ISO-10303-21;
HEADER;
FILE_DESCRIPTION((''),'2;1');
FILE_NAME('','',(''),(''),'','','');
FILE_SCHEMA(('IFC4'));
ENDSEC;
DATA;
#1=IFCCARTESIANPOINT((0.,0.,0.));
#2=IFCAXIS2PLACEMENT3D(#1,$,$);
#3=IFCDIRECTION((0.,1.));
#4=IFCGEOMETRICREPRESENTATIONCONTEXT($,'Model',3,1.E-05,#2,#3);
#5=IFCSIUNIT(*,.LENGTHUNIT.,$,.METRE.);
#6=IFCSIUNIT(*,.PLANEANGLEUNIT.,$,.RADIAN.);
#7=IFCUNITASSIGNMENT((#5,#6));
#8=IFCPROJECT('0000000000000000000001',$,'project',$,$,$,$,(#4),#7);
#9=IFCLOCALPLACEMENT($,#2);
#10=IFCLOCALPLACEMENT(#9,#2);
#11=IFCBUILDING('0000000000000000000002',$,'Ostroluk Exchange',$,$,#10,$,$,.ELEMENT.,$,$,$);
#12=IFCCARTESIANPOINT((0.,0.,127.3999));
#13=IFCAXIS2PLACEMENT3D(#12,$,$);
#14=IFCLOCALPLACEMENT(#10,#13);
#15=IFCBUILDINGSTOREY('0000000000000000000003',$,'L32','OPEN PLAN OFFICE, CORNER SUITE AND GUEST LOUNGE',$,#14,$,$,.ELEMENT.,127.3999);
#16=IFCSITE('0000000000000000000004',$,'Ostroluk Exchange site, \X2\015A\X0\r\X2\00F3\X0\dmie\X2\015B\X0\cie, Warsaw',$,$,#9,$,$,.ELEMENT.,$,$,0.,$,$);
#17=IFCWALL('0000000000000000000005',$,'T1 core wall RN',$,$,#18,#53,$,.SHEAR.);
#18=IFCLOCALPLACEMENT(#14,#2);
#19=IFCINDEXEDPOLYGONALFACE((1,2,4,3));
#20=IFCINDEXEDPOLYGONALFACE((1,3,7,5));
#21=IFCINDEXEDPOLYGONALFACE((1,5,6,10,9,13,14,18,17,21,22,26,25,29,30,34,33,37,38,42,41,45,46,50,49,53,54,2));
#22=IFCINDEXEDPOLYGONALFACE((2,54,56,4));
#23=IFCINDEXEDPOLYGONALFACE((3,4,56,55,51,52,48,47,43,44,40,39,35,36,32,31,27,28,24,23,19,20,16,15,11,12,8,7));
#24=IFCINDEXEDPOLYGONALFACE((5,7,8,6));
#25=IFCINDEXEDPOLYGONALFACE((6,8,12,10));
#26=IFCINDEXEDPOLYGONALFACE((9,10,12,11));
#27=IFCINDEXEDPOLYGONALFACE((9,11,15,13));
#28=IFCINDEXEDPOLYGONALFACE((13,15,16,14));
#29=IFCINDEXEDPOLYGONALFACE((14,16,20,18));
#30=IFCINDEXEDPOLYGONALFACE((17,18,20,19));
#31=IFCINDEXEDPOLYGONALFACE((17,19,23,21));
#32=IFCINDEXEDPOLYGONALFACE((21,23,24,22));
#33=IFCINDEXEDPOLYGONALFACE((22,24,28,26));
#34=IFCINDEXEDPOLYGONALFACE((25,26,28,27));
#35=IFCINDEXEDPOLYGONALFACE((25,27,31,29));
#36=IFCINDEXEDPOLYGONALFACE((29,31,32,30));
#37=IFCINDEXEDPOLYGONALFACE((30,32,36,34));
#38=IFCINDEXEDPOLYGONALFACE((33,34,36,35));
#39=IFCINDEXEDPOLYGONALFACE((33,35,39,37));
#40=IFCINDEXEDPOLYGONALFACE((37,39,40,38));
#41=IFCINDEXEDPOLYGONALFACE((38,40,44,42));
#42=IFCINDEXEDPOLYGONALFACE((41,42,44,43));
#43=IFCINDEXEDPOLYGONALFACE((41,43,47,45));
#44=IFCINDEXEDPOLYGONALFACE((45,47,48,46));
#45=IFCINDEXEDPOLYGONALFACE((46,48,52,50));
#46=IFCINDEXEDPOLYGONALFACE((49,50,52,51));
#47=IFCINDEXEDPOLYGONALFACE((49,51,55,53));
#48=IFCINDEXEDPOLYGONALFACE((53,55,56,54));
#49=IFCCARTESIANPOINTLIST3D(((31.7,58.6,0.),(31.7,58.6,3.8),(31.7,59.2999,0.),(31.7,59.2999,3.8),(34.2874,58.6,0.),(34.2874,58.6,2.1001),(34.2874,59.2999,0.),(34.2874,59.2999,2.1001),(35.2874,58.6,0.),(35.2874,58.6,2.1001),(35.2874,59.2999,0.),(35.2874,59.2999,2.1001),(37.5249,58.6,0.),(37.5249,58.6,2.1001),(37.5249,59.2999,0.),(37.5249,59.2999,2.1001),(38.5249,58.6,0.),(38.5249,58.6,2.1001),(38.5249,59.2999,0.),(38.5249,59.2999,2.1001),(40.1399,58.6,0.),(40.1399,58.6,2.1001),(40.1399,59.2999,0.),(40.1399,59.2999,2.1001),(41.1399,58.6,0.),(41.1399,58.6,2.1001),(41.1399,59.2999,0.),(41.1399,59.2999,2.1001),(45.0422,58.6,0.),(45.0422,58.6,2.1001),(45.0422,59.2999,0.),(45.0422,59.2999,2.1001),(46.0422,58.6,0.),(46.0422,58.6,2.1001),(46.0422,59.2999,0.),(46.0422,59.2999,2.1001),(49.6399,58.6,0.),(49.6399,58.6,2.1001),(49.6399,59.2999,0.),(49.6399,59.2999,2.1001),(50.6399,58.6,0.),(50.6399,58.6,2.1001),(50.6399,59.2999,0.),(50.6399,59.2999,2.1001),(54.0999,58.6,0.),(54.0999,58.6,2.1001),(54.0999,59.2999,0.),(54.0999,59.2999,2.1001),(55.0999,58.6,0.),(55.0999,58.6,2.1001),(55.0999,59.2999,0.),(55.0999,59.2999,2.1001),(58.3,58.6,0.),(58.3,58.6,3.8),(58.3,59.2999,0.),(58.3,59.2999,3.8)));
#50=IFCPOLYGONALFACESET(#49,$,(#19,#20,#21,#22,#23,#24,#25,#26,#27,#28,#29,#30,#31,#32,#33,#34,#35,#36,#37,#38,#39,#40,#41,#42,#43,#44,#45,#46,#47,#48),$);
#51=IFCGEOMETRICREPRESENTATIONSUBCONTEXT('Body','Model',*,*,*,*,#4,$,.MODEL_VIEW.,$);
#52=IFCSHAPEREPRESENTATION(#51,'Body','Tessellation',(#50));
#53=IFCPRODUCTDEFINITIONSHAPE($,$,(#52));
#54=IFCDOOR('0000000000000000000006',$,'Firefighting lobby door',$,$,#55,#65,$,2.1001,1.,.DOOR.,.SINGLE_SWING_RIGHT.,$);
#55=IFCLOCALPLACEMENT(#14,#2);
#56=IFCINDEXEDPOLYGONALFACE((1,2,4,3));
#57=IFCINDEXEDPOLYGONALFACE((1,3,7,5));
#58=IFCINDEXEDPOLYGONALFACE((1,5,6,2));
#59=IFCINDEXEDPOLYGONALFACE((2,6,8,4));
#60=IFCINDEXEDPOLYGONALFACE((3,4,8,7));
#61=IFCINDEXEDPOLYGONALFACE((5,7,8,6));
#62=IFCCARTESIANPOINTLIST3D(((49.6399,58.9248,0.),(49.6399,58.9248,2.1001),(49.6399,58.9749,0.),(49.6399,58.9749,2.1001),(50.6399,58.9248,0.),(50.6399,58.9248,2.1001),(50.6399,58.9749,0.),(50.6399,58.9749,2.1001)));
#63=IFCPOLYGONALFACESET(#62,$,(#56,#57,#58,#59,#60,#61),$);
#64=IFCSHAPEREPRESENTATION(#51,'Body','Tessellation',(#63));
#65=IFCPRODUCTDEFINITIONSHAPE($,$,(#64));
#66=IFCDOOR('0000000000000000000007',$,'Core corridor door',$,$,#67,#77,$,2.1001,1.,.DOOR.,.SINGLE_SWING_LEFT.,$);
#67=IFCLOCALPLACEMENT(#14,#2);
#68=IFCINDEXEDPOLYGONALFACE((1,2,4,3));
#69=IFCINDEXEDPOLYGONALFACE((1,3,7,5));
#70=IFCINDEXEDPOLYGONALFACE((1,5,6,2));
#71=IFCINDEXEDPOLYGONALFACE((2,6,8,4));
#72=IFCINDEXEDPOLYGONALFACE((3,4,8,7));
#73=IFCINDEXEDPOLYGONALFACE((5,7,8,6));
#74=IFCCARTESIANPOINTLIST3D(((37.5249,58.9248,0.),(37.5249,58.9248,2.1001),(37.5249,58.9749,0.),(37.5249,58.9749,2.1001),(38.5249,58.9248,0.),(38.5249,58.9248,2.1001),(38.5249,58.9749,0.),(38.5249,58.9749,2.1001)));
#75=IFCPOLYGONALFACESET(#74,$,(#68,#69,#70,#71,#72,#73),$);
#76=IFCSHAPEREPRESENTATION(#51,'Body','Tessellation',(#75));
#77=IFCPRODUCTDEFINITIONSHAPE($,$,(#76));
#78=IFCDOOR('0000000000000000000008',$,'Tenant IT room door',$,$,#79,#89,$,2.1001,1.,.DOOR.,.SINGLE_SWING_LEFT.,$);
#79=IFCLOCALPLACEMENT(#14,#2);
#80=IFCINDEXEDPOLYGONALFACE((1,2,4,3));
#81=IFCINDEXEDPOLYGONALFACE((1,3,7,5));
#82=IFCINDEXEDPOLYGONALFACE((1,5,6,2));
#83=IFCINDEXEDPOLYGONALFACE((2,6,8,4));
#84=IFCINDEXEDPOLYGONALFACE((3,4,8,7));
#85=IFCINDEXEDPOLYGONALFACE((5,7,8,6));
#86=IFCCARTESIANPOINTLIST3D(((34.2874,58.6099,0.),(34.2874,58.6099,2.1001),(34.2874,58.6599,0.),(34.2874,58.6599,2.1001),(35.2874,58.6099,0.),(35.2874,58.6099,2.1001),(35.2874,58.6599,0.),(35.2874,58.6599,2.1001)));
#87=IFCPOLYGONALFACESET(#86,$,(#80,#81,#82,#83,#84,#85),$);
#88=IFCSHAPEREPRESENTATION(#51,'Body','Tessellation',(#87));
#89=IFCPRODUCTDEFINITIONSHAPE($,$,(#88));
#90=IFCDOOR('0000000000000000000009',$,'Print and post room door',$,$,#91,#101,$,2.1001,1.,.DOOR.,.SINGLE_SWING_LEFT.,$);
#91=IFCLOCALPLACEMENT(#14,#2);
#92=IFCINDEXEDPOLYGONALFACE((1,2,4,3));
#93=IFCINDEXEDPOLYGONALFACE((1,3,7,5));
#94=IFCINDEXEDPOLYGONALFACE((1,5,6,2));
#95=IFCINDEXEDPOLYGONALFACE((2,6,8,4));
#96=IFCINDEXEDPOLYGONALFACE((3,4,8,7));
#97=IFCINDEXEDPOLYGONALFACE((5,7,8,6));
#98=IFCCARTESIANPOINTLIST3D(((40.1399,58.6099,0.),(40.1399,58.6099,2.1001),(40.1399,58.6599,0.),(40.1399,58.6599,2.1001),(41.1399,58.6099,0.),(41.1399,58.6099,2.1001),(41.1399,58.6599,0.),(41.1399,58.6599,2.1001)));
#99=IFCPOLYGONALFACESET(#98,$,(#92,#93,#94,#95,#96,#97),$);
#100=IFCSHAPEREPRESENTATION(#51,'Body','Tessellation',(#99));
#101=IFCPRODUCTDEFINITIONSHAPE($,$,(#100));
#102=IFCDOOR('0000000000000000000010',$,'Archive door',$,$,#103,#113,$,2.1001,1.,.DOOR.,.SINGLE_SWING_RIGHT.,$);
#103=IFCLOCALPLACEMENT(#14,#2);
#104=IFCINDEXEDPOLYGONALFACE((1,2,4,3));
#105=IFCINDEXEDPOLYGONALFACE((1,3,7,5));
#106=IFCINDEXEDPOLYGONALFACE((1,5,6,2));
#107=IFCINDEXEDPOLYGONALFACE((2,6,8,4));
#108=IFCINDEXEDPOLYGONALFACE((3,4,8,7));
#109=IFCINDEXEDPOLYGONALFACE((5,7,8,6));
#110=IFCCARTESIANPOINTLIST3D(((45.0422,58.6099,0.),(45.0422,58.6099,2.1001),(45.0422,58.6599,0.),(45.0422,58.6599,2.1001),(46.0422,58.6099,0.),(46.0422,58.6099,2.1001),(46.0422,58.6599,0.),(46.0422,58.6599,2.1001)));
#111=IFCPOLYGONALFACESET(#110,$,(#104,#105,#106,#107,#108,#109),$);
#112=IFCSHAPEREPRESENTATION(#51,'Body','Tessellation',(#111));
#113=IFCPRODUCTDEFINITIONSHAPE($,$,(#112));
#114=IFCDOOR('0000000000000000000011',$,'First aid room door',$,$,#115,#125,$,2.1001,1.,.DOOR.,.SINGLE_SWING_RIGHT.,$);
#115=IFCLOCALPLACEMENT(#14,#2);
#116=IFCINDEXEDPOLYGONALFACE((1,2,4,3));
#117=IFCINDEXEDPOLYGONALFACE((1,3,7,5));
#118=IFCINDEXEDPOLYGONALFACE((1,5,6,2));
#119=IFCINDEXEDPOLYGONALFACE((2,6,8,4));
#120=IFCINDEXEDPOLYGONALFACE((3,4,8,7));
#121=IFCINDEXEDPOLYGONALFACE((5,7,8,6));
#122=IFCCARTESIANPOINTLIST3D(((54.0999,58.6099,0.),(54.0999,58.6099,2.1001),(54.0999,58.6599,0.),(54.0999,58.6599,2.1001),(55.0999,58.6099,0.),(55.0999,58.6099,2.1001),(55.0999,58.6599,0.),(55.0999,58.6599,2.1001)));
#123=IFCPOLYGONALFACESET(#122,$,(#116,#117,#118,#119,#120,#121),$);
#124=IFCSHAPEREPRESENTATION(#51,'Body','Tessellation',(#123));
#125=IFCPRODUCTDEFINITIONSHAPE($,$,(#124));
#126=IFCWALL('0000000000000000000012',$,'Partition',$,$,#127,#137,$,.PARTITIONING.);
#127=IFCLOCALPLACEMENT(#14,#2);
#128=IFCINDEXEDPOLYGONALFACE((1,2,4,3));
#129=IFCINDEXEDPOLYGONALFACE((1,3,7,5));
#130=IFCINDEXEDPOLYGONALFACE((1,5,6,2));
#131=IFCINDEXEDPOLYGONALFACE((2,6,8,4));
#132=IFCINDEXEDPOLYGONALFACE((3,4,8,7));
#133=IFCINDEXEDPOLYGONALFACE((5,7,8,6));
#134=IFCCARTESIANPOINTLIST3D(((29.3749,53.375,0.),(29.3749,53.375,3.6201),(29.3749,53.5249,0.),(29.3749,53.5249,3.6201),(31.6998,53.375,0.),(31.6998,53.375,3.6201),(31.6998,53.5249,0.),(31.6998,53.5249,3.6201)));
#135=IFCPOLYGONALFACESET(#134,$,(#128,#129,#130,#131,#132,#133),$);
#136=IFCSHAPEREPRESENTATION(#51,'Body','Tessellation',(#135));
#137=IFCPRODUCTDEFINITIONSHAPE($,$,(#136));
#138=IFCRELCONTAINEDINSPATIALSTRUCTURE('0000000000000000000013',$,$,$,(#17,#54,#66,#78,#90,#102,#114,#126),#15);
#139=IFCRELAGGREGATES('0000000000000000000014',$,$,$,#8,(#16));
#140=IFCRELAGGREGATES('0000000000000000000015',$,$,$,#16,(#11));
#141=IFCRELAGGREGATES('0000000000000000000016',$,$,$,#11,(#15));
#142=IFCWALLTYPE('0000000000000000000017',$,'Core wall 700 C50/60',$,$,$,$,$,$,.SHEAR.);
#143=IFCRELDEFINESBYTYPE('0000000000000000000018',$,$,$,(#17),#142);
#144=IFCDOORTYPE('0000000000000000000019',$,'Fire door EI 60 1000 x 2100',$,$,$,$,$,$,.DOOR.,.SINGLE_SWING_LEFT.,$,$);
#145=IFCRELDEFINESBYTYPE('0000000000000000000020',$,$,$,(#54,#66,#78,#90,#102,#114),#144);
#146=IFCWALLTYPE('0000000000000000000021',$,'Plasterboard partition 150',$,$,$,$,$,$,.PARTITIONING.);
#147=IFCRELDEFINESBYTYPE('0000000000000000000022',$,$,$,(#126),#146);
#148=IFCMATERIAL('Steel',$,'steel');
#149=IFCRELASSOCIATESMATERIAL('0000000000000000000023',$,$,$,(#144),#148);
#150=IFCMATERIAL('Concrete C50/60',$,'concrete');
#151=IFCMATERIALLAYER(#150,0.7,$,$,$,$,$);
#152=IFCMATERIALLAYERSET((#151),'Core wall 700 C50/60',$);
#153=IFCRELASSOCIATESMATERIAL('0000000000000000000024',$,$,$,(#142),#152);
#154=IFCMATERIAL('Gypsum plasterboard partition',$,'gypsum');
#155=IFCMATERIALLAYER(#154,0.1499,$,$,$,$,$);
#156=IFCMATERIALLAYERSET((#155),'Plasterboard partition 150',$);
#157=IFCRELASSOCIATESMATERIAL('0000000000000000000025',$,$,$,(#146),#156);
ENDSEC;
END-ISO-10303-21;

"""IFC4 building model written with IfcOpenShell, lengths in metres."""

from ifc_helpers import new_model, si_unit, direction, frame, frame_2d, origin, place, context, subcontext, project, spatial, rectangle, extrude, material, layer, layer_set, type_object, element, fill, save


model = new_model("IFC4")

# Units and contexts
model_context = context("Model", 3, precision=1e-05, world=origin(), true_north=direction((0.0, 1.0)))
body_context = subcontext(model_context, "Body", "Model", "MODEL_VIEW")
ifc_project = project(units=[si_unit("LENGTHUNIT", "METRE"), si_unit("PLANEANGLEUNIT", "RADIAN")], contexts=[model_context])

# Site, building, storey
site_placement = place(None, origin())
site = spatial("IfcSite", under=ifc_project, at=site_placement, Name="Ostroluk Exchange site, Śródmieście, Warsaw", CompositionType="ELEMENT", RefElevation=0.0)
building_placement = place(site_placement, origin())
building = spatial("IfcBuilding", under=site, at=building_placement, Name="Ostroluk Exchange", CompositionType="ELEMENT")
storey_placement = place(building_placement, frame((0.0, 0.0, 127.3999)))
storey = spatial("IfcBuildingStorey", under=building, at=storey_placement, Name="L32", Description="OPEN PLAN OFFICE, CORNER SUITE AND GUEST LOUNGE", CompositionType="ELEMENT", Elevation=127.3999)

# Wall, openings, doors
ifc_material_1 = material(Name="Steel", Category="steel")
door_type = type_object("IfcDoorType", Name="Fire door EI 60 1000 x 2100", OperationType="SINGLE_SWING_LEFT", PredefinedType="DOOR", material=ifc_material_1)
ifc_material_2 = material(Name="Concrete C50/60", Category="concrete")
ifc_layer_1 = layer(ifc_material_2, 0.7)
ifc_layer_set_1 = layer_set([ifc_layer_1], Name="Core wall 700 C50/60")
wall_type_1 = type_object("IfcWallType", Name="Core wall 700 C50/60", PredefinedType="SHEAR", material=ifc_layer_set_1)
wall_1_placement = place(storey_placement, frame((31.7, 58.95, 0.0), z_axis=(0.0, 0.0, 1.0), x_axis=(1.0, 0.0, 0.0)))
wall_1 = element("IfcWall", 1, at=wall_1_placement, inside=storey, type_object=wall_type_1, Name="T1 core wall RN", PredefinedType="SHEAR", context=body_context, shape_type="SweptSolid", body=[
    extrude(rectangle(XDim=26.6001, YDim=0.7, at=frame_2d((13.3, 0.0))), origin(), (0.0, 0.0, 1.0), 3.8),
])
opening_1_placement = place(wall_1_placement, frame((17.9399, 0.0, 0.0)))
opening_1 = element("IfcOpeningElement", 2, at=opening_1_placement, cuts=wall_1, PredefinedType="OPENING", context=body_context, shape_type="SweptSolid", body=[
    extrude(rectangle(XDim=1.0, YDim=2.1001, at=frame_2d((0.5, 1.05))), frame((0.0, 0.3599, 0.0), z_axis=(0.0, -1.0, 0.0), x_axis=(1.0, 0.0, 0.0)), (0.0, 0.0, 1.0), 0.72),
])
opening_2_placement = place(wall_1_placement, frame((5.825, 0.0, 0.0)))
opening_2 = element("IfcOpeningElement", 3, at=opening_2_placement, cuts=wall_1, PredefinedType="OPENING", context=body_context, shape_type="SweptSolid", body=[
    extrude(rectangle(XDim=1.0, YDim=2.1001, at=frame_2d((0.5, 1.05))), frame((0.0, 0.3599, 0.0), z_axis=(0.0, -1.0, 0.0), x_axis=(1.0, 0.0, 0.0)), (0.0, 0.0, 1.0), 0.72),
])
opening_3_placement = place(wall_1_placement, frame((2.5874, 0.0, 0.0)))
opening_3 = element("IfcOpeningElement", 4, at=opening_3_placement, cuts=wall_1, PredefinedType="OPENING", context=body_context, shape_type="SweptSolid", body=[
    extrude(rectangle(XDim=1.0, YDim=2.1001, at=frame_2d((0.5, 1.05))), frame((0.0, 0.3599, 0.0), z_axis=(0.0, -1.0, 0.0), x_axis=(1.0, 0.0, 0.0)), (0.0, 0.0, 1.0), 0.72),
])
opening_4_placement = place(wall_1_placement, frame((8.4399, 0.0, 0.0)))
opening_4 = element("IfcOpeningElement", 5, at=opening_4_placement, cuts=wall_1, PredefinedType="OPENING", context=body_context, shape_type="SweptSolid", body=[
    extrude(rectangle(XDim=1.0, YDim=2.1001, at=frame_2d((0.5, 1.05))), frame((0.0, 0.3599, 0.0), z_axis=(0.0, -1.0, 0.0), x_axis=(1.0, 0.0, 0.0)), (0.0, 0.0, 1.0), 0.72),
])
opening_5_placement = place(wall_1_placement, frame((13.3423, 0.0, 0.0)))
opening_5 = element("IfcOpeningElement", 6, at=opening_5_placement, cuts=wall_1, PredefinedType="OPENING", context=body_context, shape_type="SweptSolid", body=[
    extrude(rectangle(XDim=1.0, YDim=2.1001, at=frame_2d((0.5, 1.05))), frame((0.0, 0.3599, 0.0), z_axis=(0.0, -1.0, 0.0), x_axis=(1.0, 0.0, 0.0)), (0.0, 0.0, 1.0), 0.72),
])
opening_6_placement = place(wall_1_placement, frame((22.3999, 0.0, 0.0)))
opening_6 = element("IfcOpeningElement", 7, at=opening_6_placement, cuts=wall_1, PredefinedType="OPENING", context=body_context, shape_type="SweptSolid", body=[
    extrude(rectangle(XDim=1.0, YDim=2.1001, at=frame_2d((0.5, 1.05))), frame((0.0, 0.3599, 0.0), z_axis=(0.0, -1.0, 0.0), x_axis=(1.0, 0.0, 0.0)), (0.0, 0.0, 1.0), 0.72),
])
door_1_placement = place(opening_1_placement, origin())
door_1 = element("IfcDoor", 8, at=door_1_placement, inside=storey, type_object=door_type, Name="Firefighting lobby door", OperationType="SINGLE_SWING_RIGHT", OverallHeight=2.1001, OverallWidth=1.0, PredefinedType="DOOR", context=body_context, shape_type="SweptSolid", body=[
    extrude(rectangle(XDim=1.0, YDim=2.1001, at=frame_2d((0.5, 1.05))), frame((0.0, 0.0249, 0.0), z_axis=(0.0, -1.0, 0.0), x_axis=(1.0, 0.0, 0.0)), (0.0, 0.0, 1.0), 0.05),
])
fill(opening_1, door_1)
door_2_placement = place(opening_2_placement, origin())
door_2 = element("IfcDoor", 9, at=door_2_placement, inside=storey, type_object=door_type, Name="Core corridor door", OperationType="SINGLE_SWING_LEFT", OverallHeight=2.1001, OverallWidth=1.0, PredefinedType="DOOR", context=body_context, shape_type="SweptSolid", body=[
    extrude(rectangle(XDim=1.0, YDim=2.1001, at=frame_2d((0.5, 1.05))), frame((0.0, 0.0249, 0.0), z_axis=(0.0, -1.0, 0.0), x_axis=(1.0, 0.0, 0.0)), (0.0, 0.0, 1.0), 0.05),
])
fill(opening_2, door_2)
door_3_placement = place(opening_3_placement, origin())
door_3 = element("IfcDoor", 10, at=door_3_placement, inside=storey, type_object=door_type, Name="Tenant IT room door", OperationType="SINGLE_SWING_LEFT", OverallHeight=2.1001, OverallWidth=1.0, PredefinedType="DOOR", context=body_context, shape_type="SweptSolid", body=[
    extrude(rectangle(XDim=1.0, YDim=2.1001, at=frame_2d((0.5, 1.05))), frame((0.0, -0.29, 0.0), z_axis=(0.0, -1.0, 0.0), x_axis=(1.0, 0.0, 0.0)), (0.0, 0.0, 1.0), 0.05),
])
fill(opening_3, door_3)
door_4_placement = place(opening_4_placement, origin())
door_4 = element("IfcDoor", 11, at=door_4_placement, inside=storey, type_object=door_type, Name="Print and post room door", OperationType="SINGLE_SWING_LEFT", OverallHeight=2.1001, OverallWidth=1.0, PredefinedType="DOOR", context=body_context, shape_type="SweptSolid", body=[
    extrude(rectangle(XDim=1.0, YDim=2.1001, at=frame_2d((0.5, 1.05))), frame((0.0, -0.29, 0.0), z_axis=(0.0, -1.0, 0.0), x_axis=(1.0, 0.0, 0.0)), (0.0, 0.0, 1.0), 0.05),
])
fill(opening_4, door_4)
door_5_placement = place(opening_5_placement, origin())
door_5 = element("IfcDoor", 12, at=door_5_placement, inside=storey, type_object=door_type, Name="Archive door", OperationType="SINGLE_SWING_RIGHT", OverallHeight=2.1001, OverallWidth=1.0, PredefinedType="DOOR", context=body_context, shape_type="SweptSolid", body=[
    extrude(rectangle(XDim=1.0, YDim=2.1001, at=frame_2d((0.5, 1.05))), frame((0.0, -0.29, 0.0), z_axis=(0.0, -1.0, 0.0), x_axis=(1.0, 0.0, 0.0)), (0.0, 0.0, 1.0), 0.05),
])
fill(opening_5, door_5)
door_6_placement = place(opening_6_placement, origin())
door_6 = element("IfcDoor", 13, at=door_6_placement, inside=storey, type_object=door_type, Name="First aid room door", OperationType="SINGLE_SWING_RIGHT", OverallHeight=2.1001, OverallWidth=1.0, PredefinedType="DOOR", context=body_context, shape_type="SweptSolid", body=[
    extrude(rectangle(XDim=1.0, YDim=2.1001, at=frame_2d((0.5, 1.05))), frame((0.0, -0.29, 0.0), z_axis=(0.0, -1.0, 0.0), x_axis=(1.0, 0.0, 0.0)), (0.0, 0.0, 1.0), 0.05),
])
fill(opening_6, door_6)

# Wall
ifc_material_3 = material(Name="Gypsum plasterboard partition", Category="gypsum")
ifc_layer_2 = layer(ifc_material_3, 0.1499)
ifc_layer_set_2 = layer_set([ifc_layer_2], Name="Plasterboard partition 150")
wall_type_2 = type_object("IfcWallType", Name="Plasterboard partition 150", PredefinedType="PARTITIONING", material=ifc_layer_set_2)
wall_2_placement = place(storey_placement, frame((31.7, 53.45, 0.0), z_axis=(0.0, 0.0, 1.0), x_axis=(-1.0, 0.0, 0.0)))
element("IfcWall", 14, at=wall_2_placement, inside=storey, type_object=wall_type_2, Name="Partition", PredefinedType="PARTITIONING", context=body_context, shape_type="SweptSolid", body=[
    extrude(rectangle(XDim=2.325, YDim=0.1499, at=frame_2d((1.1626, 0.0))), origin(), (0.0, 0.0, 1.0), 3.6201),
])

save(model, "model.ifc")
